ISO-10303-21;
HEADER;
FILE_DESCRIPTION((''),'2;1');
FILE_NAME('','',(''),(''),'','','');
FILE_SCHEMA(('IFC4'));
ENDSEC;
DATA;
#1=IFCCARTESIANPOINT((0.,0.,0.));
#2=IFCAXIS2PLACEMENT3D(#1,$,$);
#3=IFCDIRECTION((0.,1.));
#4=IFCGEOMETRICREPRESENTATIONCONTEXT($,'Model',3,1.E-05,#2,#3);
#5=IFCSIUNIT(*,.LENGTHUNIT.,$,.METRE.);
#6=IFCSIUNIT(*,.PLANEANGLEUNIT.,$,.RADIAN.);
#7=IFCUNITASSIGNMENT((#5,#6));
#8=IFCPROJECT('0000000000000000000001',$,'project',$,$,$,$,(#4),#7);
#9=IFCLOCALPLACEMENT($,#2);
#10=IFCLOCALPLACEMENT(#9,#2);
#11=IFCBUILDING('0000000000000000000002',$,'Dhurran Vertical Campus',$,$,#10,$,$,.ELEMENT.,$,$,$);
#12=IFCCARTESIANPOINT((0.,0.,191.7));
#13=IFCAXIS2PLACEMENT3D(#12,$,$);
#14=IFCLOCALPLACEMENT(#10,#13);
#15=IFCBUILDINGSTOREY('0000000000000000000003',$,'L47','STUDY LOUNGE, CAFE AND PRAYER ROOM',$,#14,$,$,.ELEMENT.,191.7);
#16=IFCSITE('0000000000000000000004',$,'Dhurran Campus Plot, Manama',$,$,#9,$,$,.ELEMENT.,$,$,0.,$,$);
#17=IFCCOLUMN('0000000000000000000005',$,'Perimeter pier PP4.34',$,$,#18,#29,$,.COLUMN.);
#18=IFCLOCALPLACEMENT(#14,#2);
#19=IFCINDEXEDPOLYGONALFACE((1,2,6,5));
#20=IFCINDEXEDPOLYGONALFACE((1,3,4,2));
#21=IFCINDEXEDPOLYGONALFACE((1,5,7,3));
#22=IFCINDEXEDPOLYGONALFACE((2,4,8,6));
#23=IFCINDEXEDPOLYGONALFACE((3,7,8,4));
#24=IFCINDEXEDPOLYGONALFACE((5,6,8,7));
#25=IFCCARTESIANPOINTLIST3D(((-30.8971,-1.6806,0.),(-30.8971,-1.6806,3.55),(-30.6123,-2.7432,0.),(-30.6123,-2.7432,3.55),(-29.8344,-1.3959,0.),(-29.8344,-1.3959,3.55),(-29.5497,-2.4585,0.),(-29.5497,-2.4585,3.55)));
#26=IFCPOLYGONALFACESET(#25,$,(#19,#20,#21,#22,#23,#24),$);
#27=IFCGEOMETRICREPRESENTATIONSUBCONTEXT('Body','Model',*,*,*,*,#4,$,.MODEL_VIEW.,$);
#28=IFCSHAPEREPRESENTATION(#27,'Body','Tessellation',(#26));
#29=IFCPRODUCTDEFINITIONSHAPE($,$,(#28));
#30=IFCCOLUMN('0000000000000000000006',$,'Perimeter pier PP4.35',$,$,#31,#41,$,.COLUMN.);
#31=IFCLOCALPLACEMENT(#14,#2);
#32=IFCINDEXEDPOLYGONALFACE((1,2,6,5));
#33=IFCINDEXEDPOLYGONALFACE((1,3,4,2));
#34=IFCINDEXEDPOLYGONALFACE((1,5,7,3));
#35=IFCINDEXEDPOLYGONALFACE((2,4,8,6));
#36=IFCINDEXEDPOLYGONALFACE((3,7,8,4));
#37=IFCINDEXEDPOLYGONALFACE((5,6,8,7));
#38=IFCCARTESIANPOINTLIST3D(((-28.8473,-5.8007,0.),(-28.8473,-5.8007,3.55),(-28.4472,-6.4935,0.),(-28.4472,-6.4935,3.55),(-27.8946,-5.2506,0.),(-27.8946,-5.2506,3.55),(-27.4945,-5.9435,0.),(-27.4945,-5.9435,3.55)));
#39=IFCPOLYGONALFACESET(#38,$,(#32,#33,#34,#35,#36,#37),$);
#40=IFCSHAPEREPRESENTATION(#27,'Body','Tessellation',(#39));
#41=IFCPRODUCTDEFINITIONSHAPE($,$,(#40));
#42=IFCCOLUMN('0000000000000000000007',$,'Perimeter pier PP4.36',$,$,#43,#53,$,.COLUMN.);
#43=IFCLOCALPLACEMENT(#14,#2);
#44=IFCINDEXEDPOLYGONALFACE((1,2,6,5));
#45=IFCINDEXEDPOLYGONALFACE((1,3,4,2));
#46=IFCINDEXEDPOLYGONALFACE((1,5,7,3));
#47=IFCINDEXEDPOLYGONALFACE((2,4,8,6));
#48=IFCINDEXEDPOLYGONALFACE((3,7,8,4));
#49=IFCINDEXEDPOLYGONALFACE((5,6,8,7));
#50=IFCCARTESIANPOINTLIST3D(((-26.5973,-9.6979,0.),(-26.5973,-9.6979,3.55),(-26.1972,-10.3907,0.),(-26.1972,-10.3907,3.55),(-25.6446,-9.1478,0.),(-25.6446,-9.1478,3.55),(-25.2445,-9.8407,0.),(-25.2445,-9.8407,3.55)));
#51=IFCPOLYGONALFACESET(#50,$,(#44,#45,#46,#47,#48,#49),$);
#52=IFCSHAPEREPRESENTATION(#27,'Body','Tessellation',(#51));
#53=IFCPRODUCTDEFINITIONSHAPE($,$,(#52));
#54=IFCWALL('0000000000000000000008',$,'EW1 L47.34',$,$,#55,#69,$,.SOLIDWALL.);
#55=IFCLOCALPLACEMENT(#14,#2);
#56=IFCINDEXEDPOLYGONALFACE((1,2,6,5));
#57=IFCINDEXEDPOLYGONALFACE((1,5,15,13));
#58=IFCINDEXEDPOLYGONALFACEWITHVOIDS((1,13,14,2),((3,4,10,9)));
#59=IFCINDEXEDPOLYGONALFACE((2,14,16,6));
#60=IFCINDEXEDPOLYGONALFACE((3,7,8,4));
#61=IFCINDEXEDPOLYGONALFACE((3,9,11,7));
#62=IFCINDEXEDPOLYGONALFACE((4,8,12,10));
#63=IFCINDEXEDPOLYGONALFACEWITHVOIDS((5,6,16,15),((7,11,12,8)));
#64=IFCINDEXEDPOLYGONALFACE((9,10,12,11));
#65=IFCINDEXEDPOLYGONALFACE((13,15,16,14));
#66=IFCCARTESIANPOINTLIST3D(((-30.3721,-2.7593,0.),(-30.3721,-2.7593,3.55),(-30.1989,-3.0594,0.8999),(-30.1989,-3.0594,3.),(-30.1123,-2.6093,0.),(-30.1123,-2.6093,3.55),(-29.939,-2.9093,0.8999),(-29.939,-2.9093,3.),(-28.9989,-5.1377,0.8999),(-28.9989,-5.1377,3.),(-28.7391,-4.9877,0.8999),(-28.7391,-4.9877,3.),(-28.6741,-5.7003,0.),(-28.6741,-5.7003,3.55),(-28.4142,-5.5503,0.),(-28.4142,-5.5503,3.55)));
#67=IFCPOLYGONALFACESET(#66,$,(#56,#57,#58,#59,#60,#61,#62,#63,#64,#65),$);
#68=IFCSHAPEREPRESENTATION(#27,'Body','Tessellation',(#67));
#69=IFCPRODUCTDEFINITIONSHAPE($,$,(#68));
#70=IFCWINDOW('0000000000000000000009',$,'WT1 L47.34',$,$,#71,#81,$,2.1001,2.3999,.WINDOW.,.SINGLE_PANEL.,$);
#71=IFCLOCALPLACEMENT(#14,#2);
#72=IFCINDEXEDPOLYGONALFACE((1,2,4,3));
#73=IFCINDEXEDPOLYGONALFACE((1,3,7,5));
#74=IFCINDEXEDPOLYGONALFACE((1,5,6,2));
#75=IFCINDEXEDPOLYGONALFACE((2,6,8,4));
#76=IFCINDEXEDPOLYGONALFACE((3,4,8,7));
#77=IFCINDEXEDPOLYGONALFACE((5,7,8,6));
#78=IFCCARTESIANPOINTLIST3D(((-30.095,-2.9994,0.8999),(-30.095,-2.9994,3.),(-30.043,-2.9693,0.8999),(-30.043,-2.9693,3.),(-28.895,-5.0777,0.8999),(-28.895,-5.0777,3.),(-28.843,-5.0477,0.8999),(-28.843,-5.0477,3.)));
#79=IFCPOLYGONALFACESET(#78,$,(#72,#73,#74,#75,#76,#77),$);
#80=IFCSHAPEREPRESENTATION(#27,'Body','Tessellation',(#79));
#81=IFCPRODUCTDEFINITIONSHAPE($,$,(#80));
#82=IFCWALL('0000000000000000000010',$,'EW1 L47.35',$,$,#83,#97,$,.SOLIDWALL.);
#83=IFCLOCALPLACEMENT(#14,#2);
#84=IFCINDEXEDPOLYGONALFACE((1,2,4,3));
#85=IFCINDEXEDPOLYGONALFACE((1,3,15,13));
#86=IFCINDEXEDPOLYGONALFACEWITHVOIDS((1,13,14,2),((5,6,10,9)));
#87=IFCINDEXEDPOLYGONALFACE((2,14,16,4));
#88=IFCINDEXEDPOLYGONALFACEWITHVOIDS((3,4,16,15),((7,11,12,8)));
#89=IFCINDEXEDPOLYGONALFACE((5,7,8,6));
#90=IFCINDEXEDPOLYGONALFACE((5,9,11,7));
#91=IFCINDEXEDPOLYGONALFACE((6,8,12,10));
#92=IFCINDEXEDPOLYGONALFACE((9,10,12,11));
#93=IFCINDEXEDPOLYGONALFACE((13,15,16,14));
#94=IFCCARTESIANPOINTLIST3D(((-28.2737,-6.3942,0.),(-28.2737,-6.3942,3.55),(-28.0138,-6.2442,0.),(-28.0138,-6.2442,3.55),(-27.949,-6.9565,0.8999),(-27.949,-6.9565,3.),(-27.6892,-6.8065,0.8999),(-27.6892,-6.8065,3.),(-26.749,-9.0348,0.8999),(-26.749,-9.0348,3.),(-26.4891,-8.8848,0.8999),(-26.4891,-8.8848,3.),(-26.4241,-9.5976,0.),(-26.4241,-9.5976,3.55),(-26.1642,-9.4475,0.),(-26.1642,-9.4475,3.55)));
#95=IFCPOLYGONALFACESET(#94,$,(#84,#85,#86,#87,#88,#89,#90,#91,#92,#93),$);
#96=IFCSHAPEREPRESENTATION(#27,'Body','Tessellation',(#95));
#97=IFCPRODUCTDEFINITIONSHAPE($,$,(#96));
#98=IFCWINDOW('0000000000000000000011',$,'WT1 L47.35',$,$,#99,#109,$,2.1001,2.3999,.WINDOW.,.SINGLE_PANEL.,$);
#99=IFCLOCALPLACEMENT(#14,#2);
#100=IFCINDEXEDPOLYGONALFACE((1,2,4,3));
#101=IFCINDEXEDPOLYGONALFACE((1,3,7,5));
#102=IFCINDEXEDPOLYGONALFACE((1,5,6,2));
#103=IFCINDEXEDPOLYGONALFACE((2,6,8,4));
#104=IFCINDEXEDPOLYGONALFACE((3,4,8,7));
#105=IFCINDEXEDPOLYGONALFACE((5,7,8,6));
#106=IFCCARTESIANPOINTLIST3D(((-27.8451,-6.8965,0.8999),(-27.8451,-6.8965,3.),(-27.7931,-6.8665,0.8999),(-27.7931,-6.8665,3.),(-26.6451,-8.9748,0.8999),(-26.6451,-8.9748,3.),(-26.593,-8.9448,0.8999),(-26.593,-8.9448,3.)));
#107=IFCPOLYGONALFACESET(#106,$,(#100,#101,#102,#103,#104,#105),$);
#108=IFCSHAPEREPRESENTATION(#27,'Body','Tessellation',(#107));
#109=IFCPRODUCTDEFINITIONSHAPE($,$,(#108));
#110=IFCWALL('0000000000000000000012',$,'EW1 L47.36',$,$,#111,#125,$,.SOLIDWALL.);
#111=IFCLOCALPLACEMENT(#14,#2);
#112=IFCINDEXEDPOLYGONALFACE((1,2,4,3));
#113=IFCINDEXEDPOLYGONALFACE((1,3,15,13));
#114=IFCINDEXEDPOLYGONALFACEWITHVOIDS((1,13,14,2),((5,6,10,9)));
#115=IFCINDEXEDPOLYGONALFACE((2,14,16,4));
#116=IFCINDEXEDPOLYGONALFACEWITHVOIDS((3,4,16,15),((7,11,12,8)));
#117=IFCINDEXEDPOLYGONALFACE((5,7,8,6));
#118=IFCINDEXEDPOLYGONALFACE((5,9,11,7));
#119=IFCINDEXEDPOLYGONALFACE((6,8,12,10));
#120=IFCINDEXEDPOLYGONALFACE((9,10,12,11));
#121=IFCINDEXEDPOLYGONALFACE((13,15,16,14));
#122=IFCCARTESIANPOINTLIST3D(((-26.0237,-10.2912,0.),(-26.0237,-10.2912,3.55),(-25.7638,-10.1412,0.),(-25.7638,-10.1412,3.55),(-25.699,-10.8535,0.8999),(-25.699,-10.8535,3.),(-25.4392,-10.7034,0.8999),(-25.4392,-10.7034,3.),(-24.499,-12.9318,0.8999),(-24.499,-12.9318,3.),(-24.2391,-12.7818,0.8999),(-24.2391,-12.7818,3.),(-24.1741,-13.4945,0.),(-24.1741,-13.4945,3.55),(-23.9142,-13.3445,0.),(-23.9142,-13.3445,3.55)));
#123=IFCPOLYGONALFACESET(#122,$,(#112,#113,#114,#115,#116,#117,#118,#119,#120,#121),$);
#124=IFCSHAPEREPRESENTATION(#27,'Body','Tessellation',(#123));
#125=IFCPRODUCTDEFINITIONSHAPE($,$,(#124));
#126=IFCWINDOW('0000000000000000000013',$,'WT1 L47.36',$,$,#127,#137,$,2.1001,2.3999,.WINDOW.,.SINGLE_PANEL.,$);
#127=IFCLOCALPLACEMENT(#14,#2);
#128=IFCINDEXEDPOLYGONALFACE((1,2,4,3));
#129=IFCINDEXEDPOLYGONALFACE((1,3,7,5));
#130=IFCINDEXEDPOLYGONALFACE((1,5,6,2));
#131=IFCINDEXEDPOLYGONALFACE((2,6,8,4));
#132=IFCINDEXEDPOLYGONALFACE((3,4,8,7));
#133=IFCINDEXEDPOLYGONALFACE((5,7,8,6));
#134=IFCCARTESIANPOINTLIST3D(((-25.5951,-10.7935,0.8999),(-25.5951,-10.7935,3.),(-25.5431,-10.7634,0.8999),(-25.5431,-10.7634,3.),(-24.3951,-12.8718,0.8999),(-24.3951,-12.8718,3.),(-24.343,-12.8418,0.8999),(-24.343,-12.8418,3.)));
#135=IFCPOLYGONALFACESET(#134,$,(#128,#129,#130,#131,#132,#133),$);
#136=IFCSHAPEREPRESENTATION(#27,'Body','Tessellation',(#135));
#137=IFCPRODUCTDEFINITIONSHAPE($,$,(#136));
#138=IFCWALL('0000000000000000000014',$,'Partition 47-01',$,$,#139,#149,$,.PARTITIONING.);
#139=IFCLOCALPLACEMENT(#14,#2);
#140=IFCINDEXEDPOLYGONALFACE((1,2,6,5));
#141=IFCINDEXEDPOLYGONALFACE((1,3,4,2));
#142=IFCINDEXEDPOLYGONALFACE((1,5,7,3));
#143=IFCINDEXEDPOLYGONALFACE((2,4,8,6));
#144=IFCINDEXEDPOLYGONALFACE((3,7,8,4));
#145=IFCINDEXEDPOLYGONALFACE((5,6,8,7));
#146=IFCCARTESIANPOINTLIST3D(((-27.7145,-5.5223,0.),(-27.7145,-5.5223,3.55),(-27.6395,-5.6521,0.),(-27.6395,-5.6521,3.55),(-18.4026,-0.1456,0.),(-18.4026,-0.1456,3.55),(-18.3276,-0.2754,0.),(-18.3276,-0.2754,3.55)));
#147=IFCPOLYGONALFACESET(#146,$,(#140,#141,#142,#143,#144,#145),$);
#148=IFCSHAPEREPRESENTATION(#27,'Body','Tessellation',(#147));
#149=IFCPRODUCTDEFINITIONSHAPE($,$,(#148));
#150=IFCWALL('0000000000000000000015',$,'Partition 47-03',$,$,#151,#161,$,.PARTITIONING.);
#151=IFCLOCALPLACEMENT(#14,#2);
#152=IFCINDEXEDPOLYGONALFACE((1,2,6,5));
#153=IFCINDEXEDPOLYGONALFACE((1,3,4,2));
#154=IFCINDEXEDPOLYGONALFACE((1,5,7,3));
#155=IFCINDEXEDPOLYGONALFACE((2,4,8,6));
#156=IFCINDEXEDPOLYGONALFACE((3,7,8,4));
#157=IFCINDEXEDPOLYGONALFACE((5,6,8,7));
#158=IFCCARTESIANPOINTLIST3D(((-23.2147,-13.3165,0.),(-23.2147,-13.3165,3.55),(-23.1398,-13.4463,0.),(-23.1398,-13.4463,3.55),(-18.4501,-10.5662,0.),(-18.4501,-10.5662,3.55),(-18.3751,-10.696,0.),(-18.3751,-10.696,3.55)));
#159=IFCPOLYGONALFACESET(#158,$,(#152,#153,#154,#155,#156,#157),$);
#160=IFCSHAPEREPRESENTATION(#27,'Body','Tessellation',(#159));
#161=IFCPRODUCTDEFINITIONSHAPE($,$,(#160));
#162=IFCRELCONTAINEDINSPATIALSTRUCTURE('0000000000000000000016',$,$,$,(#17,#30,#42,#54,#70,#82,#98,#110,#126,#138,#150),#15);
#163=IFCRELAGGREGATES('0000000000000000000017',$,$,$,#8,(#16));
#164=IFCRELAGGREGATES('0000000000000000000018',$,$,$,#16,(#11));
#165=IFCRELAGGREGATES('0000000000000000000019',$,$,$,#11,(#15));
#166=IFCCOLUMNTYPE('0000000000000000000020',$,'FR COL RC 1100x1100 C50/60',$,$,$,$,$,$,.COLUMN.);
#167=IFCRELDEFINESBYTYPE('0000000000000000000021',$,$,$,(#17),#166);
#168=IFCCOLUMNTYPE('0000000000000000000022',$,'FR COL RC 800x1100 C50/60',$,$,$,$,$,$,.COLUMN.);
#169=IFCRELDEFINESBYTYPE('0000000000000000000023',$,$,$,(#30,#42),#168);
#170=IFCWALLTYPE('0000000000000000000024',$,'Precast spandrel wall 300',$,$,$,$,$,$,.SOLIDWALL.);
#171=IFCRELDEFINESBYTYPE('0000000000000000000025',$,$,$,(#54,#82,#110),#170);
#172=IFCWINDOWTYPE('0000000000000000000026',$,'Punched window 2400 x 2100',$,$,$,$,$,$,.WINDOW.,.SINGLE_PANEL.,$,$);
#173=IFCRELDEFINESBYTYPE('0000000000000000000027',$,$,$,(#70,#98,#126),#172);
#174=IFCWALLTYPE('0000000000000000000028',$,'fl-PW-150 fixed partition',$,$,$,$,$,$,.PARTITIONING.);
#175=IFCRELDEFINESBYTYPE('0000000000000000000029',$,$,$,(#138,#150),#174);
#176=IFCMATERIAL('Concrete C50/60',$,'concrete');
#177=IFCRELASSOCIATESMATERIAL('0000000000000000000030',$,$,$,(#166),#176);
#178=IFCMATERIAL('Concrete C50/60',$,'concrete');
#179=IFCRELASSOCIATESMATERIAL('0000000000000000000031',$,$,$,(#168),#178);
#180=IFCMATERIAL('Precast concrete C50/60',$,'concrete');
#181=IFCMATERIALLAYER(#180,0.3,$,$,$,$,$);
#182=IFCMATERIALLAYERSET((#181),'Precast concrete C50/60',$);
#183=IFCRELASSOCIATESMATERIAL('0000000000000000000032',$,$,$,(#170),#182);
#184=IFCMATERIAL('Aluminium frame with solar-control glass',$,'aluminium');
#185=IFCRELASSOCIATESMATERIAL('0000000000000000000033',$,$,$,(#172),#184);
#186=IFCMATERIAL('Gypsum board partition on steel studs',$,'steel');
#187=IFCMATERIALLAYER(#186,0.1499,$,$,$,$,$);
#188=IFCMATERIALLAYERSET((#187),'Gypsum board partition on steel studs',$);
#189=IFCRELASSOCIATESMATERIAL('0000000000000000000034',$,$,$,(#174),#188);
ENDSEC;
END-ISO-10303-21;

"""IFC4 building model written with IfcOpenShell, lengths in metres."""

from ifc_helpers import new_model, si_unit, direction, frame, frame_2d, origin, origin_2d, place, context, subcontext, project, spatial, rectangle, extrude, material, layer, layer_set, material_profile, profile_set, type_object, element, fill, save


model = new_model("IFC4")

# Units and contexts
model_context = context("Model", 3, precision=1e-05, world=origin(), true_north=direction((0.0, 1.0)))
body_context = subcontext(model_context, "Body", "Model", "MODEL_VIEW")
ifc_project = project(units=[si_unit("LENGTHUNIT", "METRE"), si_unit("PLANEANGLEUNIT", "RADIAN")], contexts=[model_context])

# Site, building, storey
site_placement = place(None, origin())
site = spatial("IfcSite", under=ifc_project, at=site_placement, Name="Dhurran Campus Plot, Manama", CompositionType="ELEMENT", RefElevation=0.0)
building_placement = place(site_placement, origin())
building = spatial("IfcBuilding", under=site, at=building_placement, Name="Dhurran Vertical Campus", CompositionType="ELEMENT")
storey_placement = place(building_placement, frame((0.0, 0.0, 191.7)))
storey = spatial("IfcBuildingStorey", under=building, at=storey_placement, Name="L47", Description="STUDY LOUNGE, CAFE AND PRAYER ROOM", CompositionType="ELEMENT", Elevation=191.7)

# Columns
ifc_material_1 = material(Name="Concrete C50/60", Category="concrete")
ifc_material_profile_1 = material_profile(ifc_material_1, rectangle(XDim=1.1001, YDim=1.1001, at=origin_2d()), Name="RC 1100x1100")
ifc_profile_set_1 = profile_set([ifc_material_profile_1], Name="Concrete C50/60")
column_type_1 = type_object("IfcColumnType", Name="FR COL RC 1100x1100 C50/60", PredefinedType="COLUMN", material=ifc_profile_set_1)
column_placement = place(storey_placement, frame((-30.2234, -2.0696, 0.0), z_axis=(0.0, 0.0, 1.0), x_axis=(0.258819, -0.965926, 0.0)))
element("IfcColumn", 1, at=column_placement, inside=storey, type_object=column_type_1, Name="Perimeter pier PP4.34", PredefinedType="COLUMN", context=body_context, shape_type="SweptSolid", body=[
    extrude(rectangle(XDim=1.1001, YDim=1.1001, at=origin_2d()), origin(), (0.0, 0.0, 1.0), 3.55),
])
ifc_material_2 = material(Name="Concrete C50/60", Category="concrete")
ifc_material_profile_2 = material_profile(ifc_material_2, rectangle(XDim=0.8, YDim=1.1001, at=origin_2d()), Name="RC 800x1100")
ifc_profile_set_2 = profile_set([ifc_material_profile_2], Name="Concrete C50/60")
column_type_2 = type_object("IfcColumnType", Name="FR COL RC 800x1100 C50/60", PredefinedType="COLUMN", material=ifc_profile_set_2)
for number, where, z_axis, x_axis, name in (
    (2, (-28.1709, -5.8721, 0.0), (0.0, 0.0, 1.0), (0.5, -0.866025, 0.0), "Perimeter pier PP4.35"),
    (3, (-25.9209, -9.7693, 0.0), (0.0, 0.0, 1.0), (0.5, -0.866025, 0.0), "Perimeter pier PP4.36"),
):
    element("IfcColumn", number, at=place(storey_placement, frame(where, z_axis=z_axis, x_axis=x_axis)), inside=storey, type_object=column_type_2, Name=name, PredefinedType="COLUMN", context=body_context, shape_type="SweptSolid", body=[
        extrude(rectangle(XDim=0.8, YDim=1.1001, at=origin_2d()), origin(), (0.0, 0.0, 1.0), 3.55),
    ])

# Walls, openings, windows
ifc_material_3 = material(Name="Precast concrete C50/60", Category="concrete")
ifc_layer_1 = layer(ifc_material_3, 0.3)
ifc_layer_set_1 = layer_set([ifc_layer_1], Name="Precast concrete C50/60")
wall_type_1 = type_object("IfcWallType", Name="Precast spandrel wall 300", PredefinedType="SOLIDWALL", material=ifc_layer_set_1)
wall_1_placement = place(storey_placement, frame((-30.2422, -2.6843, 0.0), z_axis=(0.0, 0.0, 1.0), x_axis=(0.500013, -0.866018, 0.0)))
wall_1 = element("IfcWall", 4, at=wall_1_placement, inside=storey, type_object=wall_type_1, Name="EW1 L47.34", PredefinedType="SOLIDWALL", context=body_context, shape_type="SweptSolid", body=[
    extrude(rectangle(XDim=3.396, YDim=0.3, at=frame_2d((1.698, 0.0))), origin(), (0.0, 0.0, 1.0), 3.55),
])
opening_1_placement = place(wall_1_placement, frame((0.3464, 0.0, 0.8999)))
opening_1 = element("IfcOpeningElement", 5, at=opening_1_placement, cuts=wall_1, PredefinedType="OPENING", context=body_context, shape_type="SweptSolid", body=[
    extrude(rectangle(XDim=2.3999, YDim=2.1001, at=frame_2d((1.2, 1.05))), frame((0.0, 0.1599, 0.0), z_axis=(0.0, -1.0, 0.0), x_axis=(1.0, 0.0, 0.0)), (0.0, 0.0, 1.0), 0.3201),
])
ifc_material_4 = material(Name="Aluminium frame with solar-control glass", Category="aluminium")
window_type = type_object("IfcWindowType", Name="Punched window 2400 x 2100", PartitioningType="SINGLE_PANEL", PredefinedType="WINDOW", material=ifc_material_4)
window_1_placement = place(opening_1_placement, origin())
window_1 = element("IfcWindow", 6, at=window_1_placement, inside=storey, type_object=window_type, Name="WT1 L47.34", OverallHeight=2.1001, OverallWidth=2.3999, PartitioningType="SINGLE_PANEL", PredefinedType="WINDOW", context=body_context, shape_type="SweptSolid", body=[
    extrude(rectangle(XDim=2.3999, YDim=2.1001, at=frame_2d((1.2, 1.05))), frame((0.0, 0.03, 0.0), z_axis=(0.0, -1.0, 0.0), x_axis=(1.0, 0.0, 0.0)), (0.0, 0.0, 1.0), 0.0601),
])
fill(opening_1, window_1)
wall_2_placement = place(storey_placement, frame((-28.1438, -6.3191, 0.0), z_axis=(0.0, 0.0, 1.0), x_axis=(0.500029, -0.866009, 0.0)))
wall_2 = element("IfcWall", 7, at=wall_2_placement, inside=storey, type_object=wall_type_1, Name="EW1 L47.35", PredefinedType="SOLIDWALL", context=body_context, shape_type="SweptSolid", body=[
    extrude(rectangle(XDim=3.699, YDim=0.3, at=frame_2d((1.8496, 0.0))), origin(), (0.0, 0.0, 1.0), 3.55),
])
opening_2_placement = place(wall_2_placement, frame((0.6494, 0.0, 0.8999)))
opening_2 = element("IfcOpeningElement", 8, at=opening_2_placement, cuts=wall_2, PredefinedType="OPENING", context=body_context, shape_type="SweptSolid", body=[
    extrude(rectangle(XDim=2.3999, YDim=2.1001, at=frame_2d((1.2, 1.05))), frame((0.0, 0.1599, 0.0), z_axis=(0.0, -1.0, 0.0), x_axis=(1.0, 0.0, 0.0)), (0.0, 0.0, 1.0), 0.3201),
])
window_2_placement = place(opening_2_placement, origin())
window_2 = element("IfcWindow", 9, at=window_2_placement, inside=storey, type_object=window_type, Name="WT1 L47.35", OverallHeight=2.1001, OverallWidth=2.3999, PartitioningType="SINGLE_PANEL", PredefinedType="WINDOW", context=body_context, shape_type="SweptSolid", body=[
    extrude(rectangle(XDim=2.3999, YDim=2.1001, at=frame_2d((1.2, 1.05))), frame((0.0, 0.03, 0.0), z_axis=(0.0, -1.0, 0.0), x_axis=(1.0, 0.0, 0.0)), (0.0, 0.0, 1.0), 0.0601),
])
fill(opening_2, window_2)
wall_3_placement = place(storey_placement, frame((-25.8938, -10.2161, 0.0), z_axis=(0.0, 0.0, 1.0), x_axis=(0.500029, -0.866009, 0.0)))
wall_3 = element("IfcWall", 10, at=wall_3_placement, inside=storey, type_object=wall_type_1, Name="EW1 L47.36", PredefinedType="SOLIDWALL", context=body_context, shape_type="SweptSolid", body=[
    extrude(rectangle(XDim=3.699, YDim=0.3, at=frame_2d((1.8496, 0.0))), origin(), (0.0, 0.0, 1.0), 3.55),
])
opening_3_placement = place(wall_3_placement, frame((0.6494, 0.0, 0.8999)))
opening_3 = element("IfcOpeningElement", 11, at=opening_3_placement, cuts=wall_3, PredefinedType="OPENING", context=body_context, shape_type="SweptSolid", body=[
    extrude(rectangle(XDim=2.3999, YDim=2.1001, at=frame_2d((1.2, 1.05))), frame((0.0, 0.1599, 0.0), z_axis=(0.0, -1.0, 0.0), x_axis=(1.0, 0.0, 0.0)), (0.0, 0.0, 1.0), 0.3201),
])
window_3_placement = place(opening_3_placement, origin())
window_3 = element("IfcWindow", 12, at=window_3_placement, inside=storey, type_object=window_type, Name="WT1 L47.36", OverallHeight=2.1001, OverallWidth=2.3999, PartitioningType="SINGLE_PANEL", PredefinedType="WINDOW", context=body_context, shape_type="SweptSolid", body=[
    extrude(rectangle(XDim=2.3999, YDim=2.1001, at=frame_2d((1.2, 1.05))), frame((0.0, 0.03, 0.0), z_axis=(0.0, -1.0, 0.0), x_axis=(1.0, 0.0, 0.0)), (0.0, 0.0, 1.0), 0.0601),
])
fill(opening_3, window_3)

# Walls
ifc_material_5 = material(Name="Gypsum board partition on steel studs", Category="steel")
ifc_layer_2 = layer(ifc_material_5, 0.1499)
ifc_layer_set_2 = layer_set([ifc_layer_2], Name="Gypsum board partition on steel studs")
wall_type_2 = type_object("IfcWallType", Name="fl-PW-150 fixed partition", PredefinedType="PARTITIONING", material=ifc_layer_set_2)
wall_4_placement = place(storey_placement, frame((-18.365, -0.2104, 0.0), z_axis=(0.0, 0.0, 1.0), x_axis=(-0.866009, -0.500029, 0.0)))
element("IfcWall", 13, at=wall_4_placement, inside=storey, type_object=wall_type_2, Name="Partition 47-01", PredefinedType="PARTITIONING", context=body_context, shape_type="SweptSolid", body=[
    extrude(rectangle(XDim=10.7527, YDim=0.1499, at=frame_2d((5.3765, 0.0))), origin(), (0.0, 0.0, 1.0), 3.55),
])
wall_5_placement = place(storey_placement, frame((-18.4126, -10.6311, 0.0), z_axis=(0.0, 0.0, 1.0), x_axis=(-0.866075, -0.499915, 0.0)))
element("IfcWall", 14, at=wall_5_placement, inside=storey, type_object=wall_type_2, Name="Partition 47-03", PredefinedType="PARTITIONING", context=body_context, shape_type="SweptSolid", body=[
    extrude(rectangle(XDim=5.5015, YDim=0.1499, at=frame_2d((2.7507, 0.0))), origin(), (0.0, 0.0, 1.0), 3.55),
])

save(model, "model.ifc")
